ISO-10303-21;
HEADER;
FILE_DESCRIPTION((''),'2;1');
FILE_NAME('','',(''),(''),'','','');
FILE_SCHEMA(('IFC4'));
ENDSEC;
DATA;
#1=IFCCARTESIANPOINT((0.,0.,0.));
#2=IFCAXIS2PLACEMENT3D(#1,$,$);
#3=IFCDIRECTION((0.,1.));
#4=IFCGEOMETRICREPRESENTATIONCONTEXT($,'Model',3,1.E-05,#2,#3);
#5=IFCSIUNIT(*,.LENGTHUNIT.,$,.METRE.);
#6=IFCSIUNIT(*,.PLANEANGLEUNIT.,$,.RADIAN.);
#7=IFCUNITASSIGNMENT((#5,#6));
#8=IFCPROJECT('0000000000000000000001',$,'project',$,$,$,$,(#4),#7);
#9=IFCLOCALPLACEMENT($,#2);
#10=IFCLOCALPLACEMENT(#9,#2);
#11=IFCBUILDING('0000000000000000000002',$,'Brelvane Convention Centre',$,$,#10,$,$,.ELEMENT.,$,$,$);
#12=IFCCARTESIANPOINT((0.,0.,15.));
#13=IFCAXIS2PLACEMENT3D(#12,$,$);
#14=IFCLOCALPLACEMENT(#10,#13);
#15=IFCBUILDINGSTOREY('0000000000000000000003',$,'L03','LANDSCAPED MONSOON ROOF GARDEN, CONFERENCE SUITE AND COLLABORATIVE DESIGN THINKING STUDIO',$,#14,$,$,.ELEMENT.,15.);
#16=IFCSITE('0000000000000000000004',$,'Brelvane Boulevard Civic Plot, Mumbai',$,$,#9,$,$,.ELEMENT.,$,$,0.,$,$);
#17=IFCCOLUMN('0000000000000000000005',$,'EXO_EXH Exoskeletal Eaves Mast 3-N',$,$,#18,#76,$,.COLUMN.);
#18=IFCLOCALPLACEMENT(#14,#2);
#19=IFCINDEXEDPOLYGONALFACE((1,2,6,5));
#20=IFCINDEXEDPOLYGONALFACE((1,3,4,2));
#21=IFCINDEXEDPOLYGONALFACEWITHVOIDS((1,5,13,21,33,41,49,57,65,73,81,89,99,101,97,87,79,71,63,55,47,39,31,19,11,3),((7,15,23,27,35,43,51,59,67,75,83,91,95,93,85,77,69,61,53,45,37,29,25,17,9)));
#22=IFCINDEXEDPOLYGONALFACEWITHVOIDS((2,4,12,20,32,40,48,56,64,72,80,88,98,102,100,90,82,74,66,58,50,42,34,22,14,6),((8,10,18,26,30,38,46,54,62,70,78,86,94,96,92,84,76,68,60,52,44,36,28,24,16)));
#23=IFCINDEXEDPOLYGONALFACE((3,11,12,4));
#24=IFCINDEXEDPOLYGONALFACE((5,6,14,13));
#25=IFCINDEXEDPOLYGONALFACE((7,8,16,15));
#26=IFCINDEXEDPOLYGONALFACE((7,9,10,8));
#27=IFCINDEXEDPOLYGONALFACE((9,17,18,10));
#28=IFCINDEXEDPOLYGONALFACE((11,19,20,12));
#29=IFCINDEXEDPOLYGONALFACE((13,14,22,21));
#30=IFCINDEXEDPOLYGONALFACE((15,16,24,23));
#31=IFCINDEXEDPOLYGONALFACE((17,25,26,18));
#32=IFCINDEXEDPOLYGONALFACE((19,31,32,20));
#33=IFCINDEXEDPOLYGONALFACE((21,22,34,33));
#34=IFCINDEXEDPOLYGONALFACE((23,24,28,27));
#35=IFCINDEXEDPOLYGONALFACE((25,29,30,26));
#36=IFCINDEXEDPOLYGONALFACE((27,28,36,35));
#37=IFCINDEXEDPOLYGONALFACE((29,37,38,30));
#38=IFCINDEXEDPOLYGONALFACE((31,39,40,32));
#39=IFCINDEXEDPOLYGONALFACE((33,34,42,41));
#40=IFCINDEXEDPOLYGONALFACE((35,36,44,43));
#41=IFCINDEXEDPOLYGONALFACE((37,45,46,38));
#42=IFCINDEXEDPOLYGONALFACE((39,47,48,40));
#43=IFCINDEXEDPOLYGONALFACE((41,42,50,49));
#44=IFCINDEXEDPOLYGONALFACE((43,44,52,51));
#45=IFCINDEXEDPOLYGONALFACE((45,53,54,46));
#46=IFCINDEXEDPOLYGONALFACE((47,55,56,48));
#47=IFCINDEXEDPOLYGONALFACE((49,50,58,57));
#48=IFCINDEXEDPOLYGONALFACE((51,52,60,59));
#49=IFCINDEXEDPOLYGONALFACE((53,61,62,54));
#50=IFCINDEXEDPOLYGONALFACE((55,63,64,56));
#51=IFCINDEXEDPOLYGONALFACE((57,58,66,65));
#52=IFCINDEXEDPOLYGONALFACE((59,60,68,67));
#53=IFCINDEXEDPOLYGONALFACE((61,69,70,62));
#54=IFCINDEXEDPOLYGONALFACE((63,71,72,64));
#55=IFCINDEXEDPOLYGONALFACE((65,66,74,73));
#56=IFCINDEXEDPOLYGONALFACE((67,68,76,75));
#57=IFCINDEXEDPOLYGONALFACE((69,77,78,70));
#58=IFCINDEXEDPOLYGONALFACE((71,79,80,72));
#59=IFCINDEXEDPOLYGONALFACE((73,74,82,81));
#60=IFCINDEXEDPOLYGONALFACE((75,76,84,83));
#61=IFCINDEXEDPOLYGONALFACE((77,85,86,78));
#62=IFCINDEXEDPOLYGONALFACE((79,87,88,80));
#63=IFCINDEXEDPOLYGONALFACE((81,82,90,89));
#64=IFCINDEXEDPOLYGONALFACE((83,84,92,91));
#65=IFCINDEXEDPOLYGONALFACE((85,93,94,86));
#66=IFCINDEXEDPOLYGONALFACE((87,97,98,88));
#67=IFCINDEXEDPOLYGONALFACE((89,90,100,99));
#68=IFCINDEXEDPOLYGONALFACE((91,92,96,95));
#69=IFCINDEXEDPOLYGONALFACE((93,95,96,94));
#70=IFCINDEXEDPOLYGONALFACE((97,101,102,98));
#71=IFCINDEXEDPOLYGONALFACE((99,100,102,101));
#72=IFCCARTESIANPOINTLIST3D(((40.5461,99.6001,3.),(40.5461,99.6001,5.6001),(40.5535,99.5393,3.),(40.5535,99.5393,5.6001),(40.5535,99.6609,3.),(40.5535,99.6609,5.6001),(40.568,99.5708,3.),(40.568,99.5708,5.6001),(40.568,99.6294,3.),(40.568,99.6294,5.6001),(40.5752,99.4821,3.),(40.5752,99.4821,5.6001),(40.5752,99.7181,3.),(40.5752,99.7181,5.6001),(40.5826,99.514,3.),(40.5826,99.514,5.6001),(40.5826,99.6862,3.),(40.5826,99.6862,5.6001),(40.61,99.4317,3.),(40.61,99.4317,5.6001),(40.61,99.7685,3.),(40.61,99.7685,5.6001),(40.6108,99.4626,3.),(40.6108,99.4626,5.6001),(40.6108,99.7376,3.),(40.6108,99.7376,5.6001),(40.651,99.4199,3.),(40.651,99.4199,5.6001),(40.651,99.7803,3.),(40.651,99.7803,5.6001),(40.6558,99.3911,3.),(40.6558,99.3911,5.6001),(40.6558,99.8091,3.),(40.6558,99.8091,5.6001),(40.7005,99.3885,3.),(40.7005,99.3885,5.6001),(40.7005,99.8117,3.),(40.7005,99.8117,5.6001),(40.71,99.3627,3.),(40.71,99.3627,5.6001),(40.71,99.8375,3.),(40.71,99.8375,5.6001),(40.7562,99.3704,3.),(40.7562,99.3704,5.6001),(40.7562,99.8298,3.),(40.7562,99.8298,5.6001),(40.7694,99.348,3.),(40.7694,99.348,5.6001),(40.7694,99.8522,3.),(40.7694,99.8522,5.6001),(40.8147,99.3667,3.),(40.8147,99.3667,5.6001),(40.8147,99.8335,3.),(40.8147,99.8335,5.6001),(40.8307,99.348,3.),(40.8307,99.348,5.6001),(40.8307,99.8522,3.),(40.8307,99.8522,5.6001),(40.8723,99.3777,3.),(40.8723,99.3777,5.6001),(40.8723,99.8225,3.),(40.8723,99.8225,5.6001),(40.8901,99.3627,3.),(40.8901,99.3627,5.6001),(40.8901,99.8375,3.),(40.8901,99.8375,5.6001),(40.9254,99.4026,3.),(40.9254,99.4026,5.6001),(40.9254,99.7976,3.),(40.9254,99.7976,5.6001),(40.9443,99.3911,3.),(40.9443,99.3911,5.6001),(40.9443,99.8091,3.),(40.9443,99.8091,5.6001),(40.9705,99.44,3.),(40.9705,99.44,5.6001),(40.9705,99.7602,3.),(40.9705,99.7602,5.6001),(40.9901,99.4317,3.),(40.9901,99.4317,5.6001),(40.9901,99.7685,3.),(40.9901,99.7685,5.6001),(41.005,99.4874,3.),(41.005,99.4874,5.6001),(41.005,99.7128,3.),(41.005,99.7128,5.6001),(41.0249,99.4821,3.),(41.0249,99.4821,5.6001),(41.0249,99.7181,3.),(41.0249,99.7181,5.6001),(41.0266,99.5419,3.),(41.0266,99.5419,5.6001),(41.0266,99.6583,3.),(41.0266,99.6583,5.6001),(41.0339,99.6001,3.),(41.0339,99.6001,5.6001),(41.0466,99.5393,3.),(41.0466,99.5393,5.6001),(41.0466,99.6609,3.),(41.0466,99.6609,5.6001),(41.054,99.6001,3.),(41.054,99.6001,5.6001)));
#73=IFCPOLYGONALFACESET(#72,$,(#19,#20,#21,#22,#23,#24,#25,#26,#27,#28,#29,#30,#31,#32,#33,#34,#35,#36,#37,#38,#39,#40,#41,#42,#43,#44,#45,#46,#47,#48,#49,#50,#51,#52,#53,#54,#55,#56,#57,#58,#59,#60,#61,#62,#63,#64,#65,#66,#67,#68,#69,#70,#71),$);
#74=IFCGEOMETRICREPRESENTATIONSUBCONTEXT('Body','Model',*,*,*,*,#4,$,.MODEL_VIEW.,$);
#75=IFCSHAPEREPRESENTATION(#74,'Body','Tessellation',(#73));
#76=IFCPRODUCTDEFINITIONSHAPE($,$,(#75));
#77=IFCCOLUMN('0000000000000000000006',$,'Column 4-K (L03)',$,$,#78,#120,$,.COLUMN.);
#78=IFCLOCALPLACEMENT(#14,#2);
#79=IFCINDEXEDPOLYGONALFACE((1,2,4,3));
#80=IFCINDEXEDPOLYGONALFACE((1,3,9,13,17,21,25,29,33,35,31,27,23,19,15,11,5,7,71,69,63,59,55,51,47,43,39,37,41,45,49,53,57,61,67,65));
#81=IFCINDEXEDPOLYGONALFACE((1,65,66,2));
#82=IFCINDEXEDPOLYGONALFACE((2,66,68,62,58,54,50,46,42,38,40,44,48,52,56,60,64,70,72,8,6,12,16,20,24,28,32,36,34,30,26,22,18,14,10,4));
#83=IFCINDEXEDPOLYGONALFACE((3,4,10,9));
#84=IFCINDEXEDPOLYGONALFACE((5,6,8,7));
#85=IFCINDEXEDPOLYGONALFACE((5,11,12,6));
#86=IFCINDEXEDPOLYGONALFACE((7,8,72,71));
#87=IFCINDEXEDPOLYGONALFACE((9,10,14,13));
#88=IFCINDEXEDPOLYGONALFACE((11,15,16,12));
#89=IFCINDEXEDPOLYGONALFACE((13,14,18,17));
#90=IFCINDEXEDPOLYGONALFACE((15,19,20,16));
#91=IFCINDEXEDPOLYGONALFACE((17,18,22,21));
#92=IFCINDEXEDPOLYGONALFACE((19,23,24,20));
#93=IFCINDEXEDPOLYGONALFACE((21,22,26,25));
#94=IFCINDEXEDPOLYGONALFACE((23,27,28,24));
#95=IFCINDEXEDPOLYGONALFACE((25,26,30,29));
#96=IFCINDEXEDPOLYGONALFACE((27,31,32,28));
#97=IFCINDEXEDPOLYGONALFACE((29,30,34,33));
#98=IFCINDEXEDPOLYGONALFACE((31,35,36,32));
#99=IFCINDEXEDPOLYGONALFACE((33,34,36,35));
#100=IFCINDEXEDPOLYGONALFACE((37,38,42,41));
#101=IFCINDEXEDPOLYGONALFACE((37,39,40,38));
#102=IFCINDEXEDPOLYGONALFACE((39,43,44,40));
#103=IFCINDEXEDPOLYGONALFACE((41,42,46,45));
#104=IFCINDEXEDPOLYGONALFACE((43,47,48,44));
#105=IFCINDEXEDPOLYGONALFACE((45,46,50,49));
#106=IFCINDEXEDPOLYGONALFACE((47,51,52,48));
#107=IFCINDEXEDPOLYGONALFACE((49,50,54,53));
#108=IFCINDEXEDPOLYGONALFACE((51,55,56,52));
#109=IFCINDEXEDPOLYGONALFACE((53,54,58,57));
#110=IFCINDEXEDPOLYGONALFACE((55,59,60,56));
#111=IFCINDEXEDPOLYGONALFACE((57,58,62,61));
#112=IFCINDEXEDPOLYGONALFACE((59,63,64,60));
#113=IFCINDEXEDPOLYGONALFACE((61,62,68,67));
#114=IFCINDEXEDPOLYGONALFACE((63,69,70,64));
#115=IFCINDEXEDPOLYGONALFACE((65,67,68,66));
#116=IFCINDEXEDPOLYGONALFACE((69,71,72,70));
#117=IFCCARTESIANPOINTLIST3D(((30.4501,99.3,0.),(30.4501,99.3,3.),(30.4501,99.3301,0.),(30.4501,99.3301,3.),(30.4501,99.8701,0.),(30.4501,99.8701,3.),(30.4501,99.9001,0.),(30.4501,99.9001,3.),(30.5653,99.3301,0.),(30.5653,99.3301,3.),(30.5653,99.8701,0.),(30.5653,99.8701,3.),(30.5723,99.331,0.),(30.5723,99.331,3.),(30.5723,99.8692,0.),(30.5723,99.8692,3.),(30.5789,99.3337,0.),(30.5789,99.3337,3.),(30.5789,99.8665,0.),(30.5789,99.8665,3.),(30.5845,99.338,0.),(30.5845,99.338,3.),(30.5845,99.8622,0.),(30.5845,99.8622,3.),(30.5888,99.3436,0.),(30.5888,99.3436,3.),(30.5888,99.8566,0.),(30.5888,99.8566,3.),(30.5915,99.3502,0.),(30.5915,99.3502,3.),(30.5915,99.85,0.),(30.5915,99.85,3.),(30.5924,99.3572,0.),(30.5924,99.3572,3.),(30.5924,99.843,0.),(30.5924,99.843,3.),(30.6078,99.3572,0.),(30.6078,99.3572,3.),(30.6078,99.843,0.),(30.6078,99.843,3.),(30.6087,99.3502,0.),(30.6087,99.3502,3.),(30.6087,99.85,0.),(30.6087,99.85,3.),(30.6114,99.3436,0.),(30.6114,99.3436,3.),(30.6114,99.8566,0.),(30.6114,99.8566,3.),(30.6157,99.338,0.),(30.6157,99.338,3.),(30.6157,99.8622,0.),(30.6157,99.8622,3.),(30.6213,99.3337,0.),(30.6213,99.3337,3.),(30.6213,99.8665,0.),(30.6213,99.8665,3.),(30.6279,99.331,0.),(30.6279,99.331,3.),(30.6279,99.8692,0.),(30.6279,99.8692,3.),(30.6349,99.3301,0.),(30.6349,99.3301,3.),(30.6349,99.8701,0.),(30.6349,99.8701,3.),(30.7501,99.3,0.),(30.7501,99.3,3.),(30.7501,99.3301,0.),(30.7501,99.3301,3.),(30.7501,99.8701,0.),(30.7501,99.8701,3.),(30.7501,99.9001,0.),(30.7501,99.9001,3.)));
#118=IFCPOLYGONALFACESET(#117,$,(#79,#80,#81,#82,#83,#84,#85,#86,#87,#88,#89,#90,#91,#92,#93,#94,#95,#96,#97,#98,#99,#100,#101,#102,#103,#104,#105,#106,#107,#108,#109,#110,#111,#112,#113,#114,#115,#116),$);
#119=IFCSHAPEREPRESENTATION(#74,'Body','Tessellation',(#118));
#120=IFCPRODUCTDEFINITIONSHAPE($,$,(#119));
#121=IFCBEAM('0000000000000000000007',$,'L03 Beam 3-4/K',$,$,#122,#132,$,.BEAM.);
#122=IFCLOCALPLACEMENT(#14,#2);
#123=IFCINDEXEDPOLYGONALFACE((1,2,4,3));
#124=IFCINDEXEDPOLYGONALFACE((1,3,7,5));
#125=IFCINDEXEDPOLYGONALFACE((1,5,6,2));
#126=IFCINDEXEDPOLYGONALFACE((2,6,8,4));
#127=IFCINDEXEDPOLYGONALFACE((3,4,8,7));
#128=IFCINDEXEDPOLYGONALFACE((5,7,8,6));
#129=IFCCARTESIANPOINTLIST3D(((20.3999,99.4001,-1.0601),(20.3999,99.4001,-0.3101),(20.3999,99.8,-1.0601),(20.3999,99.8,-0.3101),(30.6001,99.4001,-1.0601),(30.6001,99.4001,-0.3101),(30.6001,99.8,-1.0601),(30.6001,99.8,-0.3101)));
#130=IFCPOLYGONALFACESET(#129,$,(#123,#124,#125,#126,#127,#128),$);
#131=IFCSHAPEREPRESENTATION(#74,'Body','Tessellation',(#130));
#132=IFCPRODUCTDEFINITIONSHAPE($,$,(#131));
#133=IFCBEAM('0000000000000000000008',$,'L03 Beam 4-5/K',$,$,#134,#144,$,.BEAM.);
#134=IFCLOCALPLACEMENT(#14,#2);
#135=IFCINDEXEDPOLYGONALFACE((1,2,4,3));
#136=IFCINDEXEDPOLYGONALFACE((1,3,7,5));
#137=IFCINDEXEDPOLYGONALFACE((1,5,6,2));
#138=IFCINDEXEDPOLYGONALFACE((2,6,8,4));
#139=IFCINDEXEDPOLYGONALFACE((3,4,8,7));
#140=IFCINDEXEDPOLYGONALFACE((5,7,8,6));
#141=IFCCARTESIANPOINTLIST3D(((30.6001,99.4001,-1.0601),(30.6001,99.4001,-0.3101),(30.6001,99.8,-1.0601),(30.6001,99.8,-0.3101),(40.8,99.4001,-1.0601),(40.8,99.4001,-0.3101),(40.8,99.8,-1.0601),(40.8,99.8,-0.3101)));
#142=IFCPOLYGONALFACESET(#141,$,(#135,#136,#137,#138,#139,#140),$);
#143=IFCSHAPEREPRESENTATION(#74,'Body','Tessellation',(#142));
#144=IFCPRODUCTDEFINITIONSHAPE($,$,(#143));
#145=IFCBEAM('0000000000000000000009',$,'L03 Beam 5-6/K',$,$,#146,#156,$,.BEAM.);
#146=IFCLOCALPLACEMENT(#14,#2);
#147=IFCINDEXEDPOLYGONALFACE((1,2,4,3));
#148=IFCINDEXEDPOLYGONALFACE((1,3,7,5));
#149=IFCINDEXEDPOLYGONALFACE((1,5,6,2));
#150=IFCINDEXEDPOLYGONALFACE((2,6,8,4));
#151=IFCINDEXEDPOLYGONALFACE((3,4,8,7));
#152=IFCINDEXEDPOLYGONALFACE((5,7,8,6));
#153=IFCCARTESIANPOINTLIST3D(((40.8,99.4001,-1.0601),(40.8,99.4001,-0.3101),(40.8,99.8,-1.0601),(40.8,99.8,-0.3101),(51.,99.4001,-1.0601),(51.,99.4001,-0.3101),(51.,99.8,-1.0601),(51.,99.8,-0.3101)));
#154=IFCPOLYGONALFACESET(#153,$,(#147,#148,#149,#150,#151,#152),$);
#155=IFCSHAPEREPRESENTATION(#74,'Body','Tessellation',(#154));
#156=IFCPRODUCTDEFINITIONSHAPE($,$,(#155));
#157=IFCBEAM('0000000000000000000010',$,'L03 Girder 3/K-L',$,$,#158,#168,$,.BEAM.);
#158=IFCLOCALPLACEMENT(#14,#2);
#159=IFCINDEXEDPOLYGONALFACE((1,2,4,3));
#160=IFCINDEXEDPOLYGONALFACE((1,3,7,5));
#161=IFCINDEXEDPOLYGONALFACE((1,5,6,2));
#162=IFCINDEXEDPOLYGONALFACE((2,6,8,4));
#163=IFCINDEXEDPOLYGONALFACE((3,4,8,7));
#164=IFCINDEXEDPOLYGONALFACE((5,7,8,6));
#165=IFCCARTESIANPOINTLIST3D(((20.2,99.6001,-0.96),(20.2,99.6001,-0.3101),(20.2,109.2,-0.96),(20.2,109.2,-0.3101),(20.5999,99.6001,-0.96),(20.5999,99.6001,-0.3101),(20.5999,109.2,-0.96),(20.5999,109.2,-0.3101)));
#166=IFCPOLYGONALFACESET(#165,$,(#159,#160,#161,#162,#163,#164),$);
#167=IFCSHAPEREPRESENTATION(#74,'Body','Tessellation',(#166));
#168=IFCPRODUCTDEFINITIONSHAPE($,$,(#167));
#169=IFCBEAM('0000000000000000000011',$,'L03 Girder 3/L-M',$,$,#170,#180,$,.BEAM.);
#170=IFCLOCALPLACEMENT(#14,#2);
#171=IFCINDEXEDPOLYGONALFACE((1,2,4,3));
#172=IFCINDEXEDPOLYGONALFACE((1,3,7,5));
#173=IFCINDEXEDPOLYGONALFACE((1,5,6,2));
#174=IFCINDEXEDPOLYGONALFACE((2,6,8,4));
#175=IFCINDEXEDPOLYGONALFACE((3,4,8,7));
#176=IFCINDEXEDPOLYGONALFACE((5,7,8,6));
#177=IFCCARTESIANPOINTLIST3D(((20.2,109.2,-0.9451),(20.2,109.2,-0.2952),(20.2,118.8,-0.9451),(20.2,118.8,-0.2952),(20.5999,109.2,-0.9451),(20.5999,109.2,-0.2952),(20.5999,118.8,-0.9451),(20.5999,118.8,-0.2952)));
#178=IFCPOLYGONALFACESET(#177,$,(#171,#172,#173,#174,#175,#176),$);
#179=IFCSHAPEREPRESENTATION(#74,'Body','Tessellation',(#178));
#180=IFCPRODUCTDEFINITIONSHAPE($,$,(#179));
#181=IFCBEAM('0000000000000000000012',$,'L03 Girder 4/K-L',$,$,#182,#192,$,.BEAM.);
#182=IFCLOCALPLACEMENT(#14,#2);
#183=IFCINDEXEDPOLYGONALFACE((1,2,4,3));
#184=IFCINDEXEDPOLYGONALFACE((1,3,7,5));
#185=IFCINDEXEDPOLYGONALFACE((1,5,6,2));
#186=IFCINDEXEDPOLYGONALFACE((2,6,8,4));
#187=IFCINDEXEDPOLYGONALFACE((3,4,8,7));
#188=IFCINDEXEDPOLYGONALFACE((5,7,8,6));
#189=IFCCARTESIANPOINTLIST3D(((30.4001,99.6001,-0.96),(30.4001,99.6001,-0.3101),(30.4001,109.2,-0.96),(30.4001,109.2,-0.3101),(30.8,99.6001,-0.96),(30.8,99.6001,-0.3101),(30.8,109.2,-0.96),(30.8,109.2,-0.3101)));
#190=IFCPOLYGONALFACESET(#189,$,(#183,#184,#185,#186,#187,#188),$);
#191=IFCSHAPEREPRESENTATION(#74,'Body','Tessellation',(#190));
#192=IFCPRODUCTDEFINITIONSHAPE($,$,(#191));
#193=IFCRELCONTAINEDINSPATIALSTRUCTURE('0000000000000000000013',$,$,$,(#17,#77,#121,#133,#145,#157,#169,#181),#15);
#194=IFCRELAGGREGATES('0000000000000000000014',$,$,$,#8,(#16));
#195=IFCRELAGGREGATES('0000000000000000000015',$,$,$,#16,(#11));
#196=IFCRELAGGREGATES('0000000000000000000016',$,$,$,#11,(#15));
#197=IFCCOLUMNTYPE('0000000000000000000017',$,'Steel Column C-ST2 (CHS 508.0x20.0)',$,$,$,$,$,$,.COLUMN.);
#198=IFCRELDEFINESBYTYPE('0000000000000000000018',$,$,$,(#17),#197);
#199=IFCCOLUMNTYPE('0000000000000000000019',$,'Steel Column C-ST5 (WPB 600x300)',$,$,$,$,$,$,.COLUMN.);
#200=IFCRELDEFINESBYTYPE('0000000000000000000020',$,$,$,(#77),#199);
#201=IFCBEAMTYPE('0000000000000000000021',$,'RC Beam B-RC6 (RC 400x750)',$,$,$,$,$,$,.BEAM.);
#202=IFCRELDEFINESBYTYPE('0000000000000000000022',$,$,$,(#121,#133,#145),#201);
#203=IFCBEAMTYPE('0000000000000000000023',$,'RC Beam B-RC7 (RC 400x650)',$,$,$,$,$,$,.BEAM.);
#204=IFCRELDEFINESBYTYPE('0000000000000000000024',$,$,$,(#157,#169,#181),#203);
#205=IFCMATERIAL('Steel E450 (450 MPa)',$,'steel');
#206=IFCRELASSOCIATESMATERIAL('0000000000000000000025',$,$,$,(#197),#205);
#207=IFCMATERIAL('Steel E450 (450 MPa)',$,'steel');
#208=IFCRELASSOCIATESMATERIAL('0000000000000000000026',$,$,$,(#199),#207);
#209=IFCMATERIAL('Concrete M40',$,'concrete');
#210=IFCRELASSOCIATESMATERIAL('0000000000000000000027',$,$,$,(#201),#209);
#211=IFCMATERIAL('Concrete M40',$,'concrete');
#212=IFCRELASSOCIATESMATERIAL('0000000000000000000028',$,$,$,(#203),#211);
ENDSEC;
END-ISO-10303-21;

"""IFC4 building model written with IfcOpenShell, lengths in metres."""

from ifc_helpers import new_model, si_unit, direction, frame, origin, origin_2d, place, context, subcontext, project, spatial, rectangle, hollow_circle, i_section, extrude, material, material_profile, profile_set, type_object, element, save


model = new_model("IFC4")

# Units and contexts
model_context = context("Model", 3, precision=1e-05, world=origin(), true_north=direction((0.0, 1.0)))
body_context = subcontext(model_context, "Body", "Model", "MODEL_VIEW")
ifc_project = project(units=[si_unit("LENGTHUNIT", "METRE"), si_unit("PLANEANGLEUNIT", "RADIAN")], contexts=[model_context])

# Site, building, storey
site_placement = place(None, origin())
site = spatial("IfcSite", under=ifc_project, at=site_placement, Name="Brelvane Boulevard Civic Plot, Mumbai", CompositionType="ELEMENT", RefElevation=0.0)
building_placement = place(site_placement, origin())
building = spatial("IfcBuilding", under=site, at=building_placement, Name="Brelvane Convention Centre", CompositionType="ELEMENT")
storey_placement = place(building_placement, frame((0.0, 0.0, 15.0)))
storey = spatial("IfcBuildingStorey", under=building, at=storey_placement, Name="L03", Description="LANDSCAPED MONSOON ROOF GARDEN, CONFERENCE SUITE AND COLLABORATIVE DESIGN THINKING STUDIO", CompositionType="ELEMENT", Elevation=15.0)

# Columns
ifc_material_1 = material(Name="Steel E450 (450 MPa)", Category="steel")
ifc_material_profile_1 = material_profile(ifc_material_1, hollow_circle(Radius=0.2539, WallThickness=0.02, at=origin_2d()), Name="CHS 508.0x20.0")
ifc_profile_set_1 = profile_set([ifc_material_profile_1], Name="Steel E450 (450 MPa)")
column_type_1 = type_object("IfcColumnType", Name="Steel Column C-ST2 (CHS 508.0x20.0)", PredefinedType="COLUMN", material=ifc_profile_set_1)
for number, where, z_axis, x_axis, name in (
    (1, (40.8, 99.6001, 3.0), (0.0, 0.0, 1.0), (1.0, 0.0, 0.0), "EXO_EXH Exoskeletal Eaves Mast 3-N"),
):
    element("IfcColumn", number, at=place(storey_placement, frame(where, z_axis=z_axis, x_axis=x_axis)), inside=storey, type_object=column_type_1, Name=name, PredefinedType="COLUMN", context=body_context, shape_type="SweptSolid", body=[
        extrude(hollow_circle(Radius=0.2539, WallThickness=0.02, at=origin_2d()), origin(), (0.0, 0.0, 1.0), 2.6001),
    ])
ifc_material_2 = material(Name="Steel E450 (450 MPa)", Category="steel")
ifc_material_profile_2 = material_profile(ifc_material_2, i_section(OverallWidth=0.3, OverallDepth=0.6001, WebThickness=0.0154, FlangeThickness=0.03, FilletRadius=0.0271, at=origin_2d()), Name="WPB 600x300")
ifc_profile_set_2 = profile_set([ifc_material_profile_2], Name="Steel E450 (450 MPa)")
column_type_2 = type_object("IfcColumnType", Name="Steel Column C-ST5 (WPB 600x300)", PredefinedType="COLUMN", material=ifc_profile_set_2)
column_1_placement = place(storey_placement, frame((30.6001, 99.6001, 0.0), z_axis=(0.0, 0.0, 1.0), x_axis=(1.0, 0.0, 0.0)))
element("IfcColumn", 2, at=column_1_placement, inside=storey, type_object=column_type_2, Name="Column 4-K (L03)", PredefinedType="COLUMN", context=body_context, shape_type="SweptSolid", body=[
    extrude(i_section(OverallWidth=0.3, OverallDepth=0.6001, WebThickness=0.0154, FlangeThickness=0.03, FilletRadius=0.0271, at=origin_2d()), origin(), (0.0, 0.0, 1.0), 3.0),
])

# Beams
ifc_material_3 = material(Name="Concrete M40", Category="concrete")
ifc_material_profile_3 = material_profile(ifc_material_3, rectangle(XDim=0.3999, YDim=0.75, at=origin_2d()), Name="RC 400x750")
ifc_profile_set_3 = profile_set([ifc_material_profile_3], Name="Concrete M40")
beam_type_1 = type_object("IfcBeamType", Name="RC Beam B-RC6 (RC 400x750)", PredefinedType="BEAM", material=ifc_profile_set_3)
beam_1_placement = place(storey_placement, frame((20.3999, 99.6001, -0.6851), z_axis=(1.0, 0.0, 0.0), x_axis=(0.0, 1.0, 0.0)))
element("IfcBeam", 3, at=beam_1_placement, inside=storey, type_object=beam_type_1, Name="L03 Beam 3-4/K", PredefinedType="BEAM", context=body_context, shape_type="SweptSolid", body=[
    extrude(rectangle(XDim=0.3999, YDim=0.75, at=origin_2d()), origin(), (0.0, 0.0, 1.0), 10.2002),
])
for number, where, z_axis, x_axis, name in (
    (4, (30.6001, 99.6001, -0.6851), (1.0, 0.0, 0.0), (0.0, 1.0, 0.0), "L03 Beam 4-5/K"),
    (5, (40.8, 99.6001, -0.6851), (1.0, 0.0, 0.0), (0.0, 1.0, 0.0), "L03 Beam 5-6/K"),
):
    element("IfcBeam", number, at=place(storey_placement, frame(where, z_axis=z_axis, x_axis=x_axis)), inside=storey, type_object=beam_type_1, Name=name, PredefinedType="BEAM", context=body_context, shape_type="SweptSolid", body=[
        extrude(rectangle(XDim=0.3999, YDim=0.75, at=origin_2d()), origin(), (0.0, 0.0, 1.0), 10.2),
    ])
ifc_material_4 = material(Name="Concrete M40", Category="concrete")
ifc_material_profile_4 = material_profile(ifc_material_4, rectangle(XDim=0.3999, YDim=0.6499, at=origin_2d()), Name="RC 400x650")
ifc_profile_set_4 = profile_set([ifc_material_profile_4], Name="Concrete M40")
beam_type_2 = type_object("IfcBeamType", Name="RC Beam B-RC7 (RC 400x650)", PredefinedType="BEAM", material=ifc_profile_set_4)
beam_2_placement = place(storey_placement, frame((20.3999, 99.6001, -0.635), z_axis=(0.0, 1.0, 0.0), x_axis=(-1.0, 0.0, 0.0)))
element("IfcBeam", 6, at=beam_2_placement, inside=storey, type_object=beam_type_2, Name="L03 Girder 3/K-L", PredefinedType="BEAM", context=body_context, shape_type="SweptSolid", body=[
    extrude(rectangle(XDim=0.3999, YDim=0.6499, at=origin_2d()), origin(), (0.0, 0.0, 1.0), 9.5999),
])
beam_3_placement = place(storey_placement, frame((20.3999, 109.2, -0.6201), z_axis=(0.0, 1.0, 0.0), x_axis=(-1.0, 0.0, 0.0)))
element("IfcBeam", 7, at=beam_3_placement, inside=storey, type_object=beam_type_2, Name="L03 Girder 3/L-M", PredefinedType="BEAM", context=body_context, shape_type="SweptSolid", body=[
    extrude(rectangle(XDim=0.3999, YDim=0.6499, at=origin_2d()), origin(), (0.0, 0.0, 1.0), 9.6001),
])
beam_4_placement = place(storey_placement, frame((30.6001, 99.6001, -0.635), z_axis=(0.0, 1.0, 0.0), x_axis=(-1.0, 0.0, 0.0)))
element("IfcBeam", 8, at=beam_4_placement, inside=storey, type_object=beam_type_2, Name="L03 Girder 4/K-L", PredefinedType="BEAM", context=body_context, shape_type="SweptSolid", body=[
    extrude(rectangle(XDim=0.3999, YDim=0.6499, at=origin_2d()), origin(), (0.0, 0.0, 1.0), 9.5999),
])

save(model, "model.ifc")
